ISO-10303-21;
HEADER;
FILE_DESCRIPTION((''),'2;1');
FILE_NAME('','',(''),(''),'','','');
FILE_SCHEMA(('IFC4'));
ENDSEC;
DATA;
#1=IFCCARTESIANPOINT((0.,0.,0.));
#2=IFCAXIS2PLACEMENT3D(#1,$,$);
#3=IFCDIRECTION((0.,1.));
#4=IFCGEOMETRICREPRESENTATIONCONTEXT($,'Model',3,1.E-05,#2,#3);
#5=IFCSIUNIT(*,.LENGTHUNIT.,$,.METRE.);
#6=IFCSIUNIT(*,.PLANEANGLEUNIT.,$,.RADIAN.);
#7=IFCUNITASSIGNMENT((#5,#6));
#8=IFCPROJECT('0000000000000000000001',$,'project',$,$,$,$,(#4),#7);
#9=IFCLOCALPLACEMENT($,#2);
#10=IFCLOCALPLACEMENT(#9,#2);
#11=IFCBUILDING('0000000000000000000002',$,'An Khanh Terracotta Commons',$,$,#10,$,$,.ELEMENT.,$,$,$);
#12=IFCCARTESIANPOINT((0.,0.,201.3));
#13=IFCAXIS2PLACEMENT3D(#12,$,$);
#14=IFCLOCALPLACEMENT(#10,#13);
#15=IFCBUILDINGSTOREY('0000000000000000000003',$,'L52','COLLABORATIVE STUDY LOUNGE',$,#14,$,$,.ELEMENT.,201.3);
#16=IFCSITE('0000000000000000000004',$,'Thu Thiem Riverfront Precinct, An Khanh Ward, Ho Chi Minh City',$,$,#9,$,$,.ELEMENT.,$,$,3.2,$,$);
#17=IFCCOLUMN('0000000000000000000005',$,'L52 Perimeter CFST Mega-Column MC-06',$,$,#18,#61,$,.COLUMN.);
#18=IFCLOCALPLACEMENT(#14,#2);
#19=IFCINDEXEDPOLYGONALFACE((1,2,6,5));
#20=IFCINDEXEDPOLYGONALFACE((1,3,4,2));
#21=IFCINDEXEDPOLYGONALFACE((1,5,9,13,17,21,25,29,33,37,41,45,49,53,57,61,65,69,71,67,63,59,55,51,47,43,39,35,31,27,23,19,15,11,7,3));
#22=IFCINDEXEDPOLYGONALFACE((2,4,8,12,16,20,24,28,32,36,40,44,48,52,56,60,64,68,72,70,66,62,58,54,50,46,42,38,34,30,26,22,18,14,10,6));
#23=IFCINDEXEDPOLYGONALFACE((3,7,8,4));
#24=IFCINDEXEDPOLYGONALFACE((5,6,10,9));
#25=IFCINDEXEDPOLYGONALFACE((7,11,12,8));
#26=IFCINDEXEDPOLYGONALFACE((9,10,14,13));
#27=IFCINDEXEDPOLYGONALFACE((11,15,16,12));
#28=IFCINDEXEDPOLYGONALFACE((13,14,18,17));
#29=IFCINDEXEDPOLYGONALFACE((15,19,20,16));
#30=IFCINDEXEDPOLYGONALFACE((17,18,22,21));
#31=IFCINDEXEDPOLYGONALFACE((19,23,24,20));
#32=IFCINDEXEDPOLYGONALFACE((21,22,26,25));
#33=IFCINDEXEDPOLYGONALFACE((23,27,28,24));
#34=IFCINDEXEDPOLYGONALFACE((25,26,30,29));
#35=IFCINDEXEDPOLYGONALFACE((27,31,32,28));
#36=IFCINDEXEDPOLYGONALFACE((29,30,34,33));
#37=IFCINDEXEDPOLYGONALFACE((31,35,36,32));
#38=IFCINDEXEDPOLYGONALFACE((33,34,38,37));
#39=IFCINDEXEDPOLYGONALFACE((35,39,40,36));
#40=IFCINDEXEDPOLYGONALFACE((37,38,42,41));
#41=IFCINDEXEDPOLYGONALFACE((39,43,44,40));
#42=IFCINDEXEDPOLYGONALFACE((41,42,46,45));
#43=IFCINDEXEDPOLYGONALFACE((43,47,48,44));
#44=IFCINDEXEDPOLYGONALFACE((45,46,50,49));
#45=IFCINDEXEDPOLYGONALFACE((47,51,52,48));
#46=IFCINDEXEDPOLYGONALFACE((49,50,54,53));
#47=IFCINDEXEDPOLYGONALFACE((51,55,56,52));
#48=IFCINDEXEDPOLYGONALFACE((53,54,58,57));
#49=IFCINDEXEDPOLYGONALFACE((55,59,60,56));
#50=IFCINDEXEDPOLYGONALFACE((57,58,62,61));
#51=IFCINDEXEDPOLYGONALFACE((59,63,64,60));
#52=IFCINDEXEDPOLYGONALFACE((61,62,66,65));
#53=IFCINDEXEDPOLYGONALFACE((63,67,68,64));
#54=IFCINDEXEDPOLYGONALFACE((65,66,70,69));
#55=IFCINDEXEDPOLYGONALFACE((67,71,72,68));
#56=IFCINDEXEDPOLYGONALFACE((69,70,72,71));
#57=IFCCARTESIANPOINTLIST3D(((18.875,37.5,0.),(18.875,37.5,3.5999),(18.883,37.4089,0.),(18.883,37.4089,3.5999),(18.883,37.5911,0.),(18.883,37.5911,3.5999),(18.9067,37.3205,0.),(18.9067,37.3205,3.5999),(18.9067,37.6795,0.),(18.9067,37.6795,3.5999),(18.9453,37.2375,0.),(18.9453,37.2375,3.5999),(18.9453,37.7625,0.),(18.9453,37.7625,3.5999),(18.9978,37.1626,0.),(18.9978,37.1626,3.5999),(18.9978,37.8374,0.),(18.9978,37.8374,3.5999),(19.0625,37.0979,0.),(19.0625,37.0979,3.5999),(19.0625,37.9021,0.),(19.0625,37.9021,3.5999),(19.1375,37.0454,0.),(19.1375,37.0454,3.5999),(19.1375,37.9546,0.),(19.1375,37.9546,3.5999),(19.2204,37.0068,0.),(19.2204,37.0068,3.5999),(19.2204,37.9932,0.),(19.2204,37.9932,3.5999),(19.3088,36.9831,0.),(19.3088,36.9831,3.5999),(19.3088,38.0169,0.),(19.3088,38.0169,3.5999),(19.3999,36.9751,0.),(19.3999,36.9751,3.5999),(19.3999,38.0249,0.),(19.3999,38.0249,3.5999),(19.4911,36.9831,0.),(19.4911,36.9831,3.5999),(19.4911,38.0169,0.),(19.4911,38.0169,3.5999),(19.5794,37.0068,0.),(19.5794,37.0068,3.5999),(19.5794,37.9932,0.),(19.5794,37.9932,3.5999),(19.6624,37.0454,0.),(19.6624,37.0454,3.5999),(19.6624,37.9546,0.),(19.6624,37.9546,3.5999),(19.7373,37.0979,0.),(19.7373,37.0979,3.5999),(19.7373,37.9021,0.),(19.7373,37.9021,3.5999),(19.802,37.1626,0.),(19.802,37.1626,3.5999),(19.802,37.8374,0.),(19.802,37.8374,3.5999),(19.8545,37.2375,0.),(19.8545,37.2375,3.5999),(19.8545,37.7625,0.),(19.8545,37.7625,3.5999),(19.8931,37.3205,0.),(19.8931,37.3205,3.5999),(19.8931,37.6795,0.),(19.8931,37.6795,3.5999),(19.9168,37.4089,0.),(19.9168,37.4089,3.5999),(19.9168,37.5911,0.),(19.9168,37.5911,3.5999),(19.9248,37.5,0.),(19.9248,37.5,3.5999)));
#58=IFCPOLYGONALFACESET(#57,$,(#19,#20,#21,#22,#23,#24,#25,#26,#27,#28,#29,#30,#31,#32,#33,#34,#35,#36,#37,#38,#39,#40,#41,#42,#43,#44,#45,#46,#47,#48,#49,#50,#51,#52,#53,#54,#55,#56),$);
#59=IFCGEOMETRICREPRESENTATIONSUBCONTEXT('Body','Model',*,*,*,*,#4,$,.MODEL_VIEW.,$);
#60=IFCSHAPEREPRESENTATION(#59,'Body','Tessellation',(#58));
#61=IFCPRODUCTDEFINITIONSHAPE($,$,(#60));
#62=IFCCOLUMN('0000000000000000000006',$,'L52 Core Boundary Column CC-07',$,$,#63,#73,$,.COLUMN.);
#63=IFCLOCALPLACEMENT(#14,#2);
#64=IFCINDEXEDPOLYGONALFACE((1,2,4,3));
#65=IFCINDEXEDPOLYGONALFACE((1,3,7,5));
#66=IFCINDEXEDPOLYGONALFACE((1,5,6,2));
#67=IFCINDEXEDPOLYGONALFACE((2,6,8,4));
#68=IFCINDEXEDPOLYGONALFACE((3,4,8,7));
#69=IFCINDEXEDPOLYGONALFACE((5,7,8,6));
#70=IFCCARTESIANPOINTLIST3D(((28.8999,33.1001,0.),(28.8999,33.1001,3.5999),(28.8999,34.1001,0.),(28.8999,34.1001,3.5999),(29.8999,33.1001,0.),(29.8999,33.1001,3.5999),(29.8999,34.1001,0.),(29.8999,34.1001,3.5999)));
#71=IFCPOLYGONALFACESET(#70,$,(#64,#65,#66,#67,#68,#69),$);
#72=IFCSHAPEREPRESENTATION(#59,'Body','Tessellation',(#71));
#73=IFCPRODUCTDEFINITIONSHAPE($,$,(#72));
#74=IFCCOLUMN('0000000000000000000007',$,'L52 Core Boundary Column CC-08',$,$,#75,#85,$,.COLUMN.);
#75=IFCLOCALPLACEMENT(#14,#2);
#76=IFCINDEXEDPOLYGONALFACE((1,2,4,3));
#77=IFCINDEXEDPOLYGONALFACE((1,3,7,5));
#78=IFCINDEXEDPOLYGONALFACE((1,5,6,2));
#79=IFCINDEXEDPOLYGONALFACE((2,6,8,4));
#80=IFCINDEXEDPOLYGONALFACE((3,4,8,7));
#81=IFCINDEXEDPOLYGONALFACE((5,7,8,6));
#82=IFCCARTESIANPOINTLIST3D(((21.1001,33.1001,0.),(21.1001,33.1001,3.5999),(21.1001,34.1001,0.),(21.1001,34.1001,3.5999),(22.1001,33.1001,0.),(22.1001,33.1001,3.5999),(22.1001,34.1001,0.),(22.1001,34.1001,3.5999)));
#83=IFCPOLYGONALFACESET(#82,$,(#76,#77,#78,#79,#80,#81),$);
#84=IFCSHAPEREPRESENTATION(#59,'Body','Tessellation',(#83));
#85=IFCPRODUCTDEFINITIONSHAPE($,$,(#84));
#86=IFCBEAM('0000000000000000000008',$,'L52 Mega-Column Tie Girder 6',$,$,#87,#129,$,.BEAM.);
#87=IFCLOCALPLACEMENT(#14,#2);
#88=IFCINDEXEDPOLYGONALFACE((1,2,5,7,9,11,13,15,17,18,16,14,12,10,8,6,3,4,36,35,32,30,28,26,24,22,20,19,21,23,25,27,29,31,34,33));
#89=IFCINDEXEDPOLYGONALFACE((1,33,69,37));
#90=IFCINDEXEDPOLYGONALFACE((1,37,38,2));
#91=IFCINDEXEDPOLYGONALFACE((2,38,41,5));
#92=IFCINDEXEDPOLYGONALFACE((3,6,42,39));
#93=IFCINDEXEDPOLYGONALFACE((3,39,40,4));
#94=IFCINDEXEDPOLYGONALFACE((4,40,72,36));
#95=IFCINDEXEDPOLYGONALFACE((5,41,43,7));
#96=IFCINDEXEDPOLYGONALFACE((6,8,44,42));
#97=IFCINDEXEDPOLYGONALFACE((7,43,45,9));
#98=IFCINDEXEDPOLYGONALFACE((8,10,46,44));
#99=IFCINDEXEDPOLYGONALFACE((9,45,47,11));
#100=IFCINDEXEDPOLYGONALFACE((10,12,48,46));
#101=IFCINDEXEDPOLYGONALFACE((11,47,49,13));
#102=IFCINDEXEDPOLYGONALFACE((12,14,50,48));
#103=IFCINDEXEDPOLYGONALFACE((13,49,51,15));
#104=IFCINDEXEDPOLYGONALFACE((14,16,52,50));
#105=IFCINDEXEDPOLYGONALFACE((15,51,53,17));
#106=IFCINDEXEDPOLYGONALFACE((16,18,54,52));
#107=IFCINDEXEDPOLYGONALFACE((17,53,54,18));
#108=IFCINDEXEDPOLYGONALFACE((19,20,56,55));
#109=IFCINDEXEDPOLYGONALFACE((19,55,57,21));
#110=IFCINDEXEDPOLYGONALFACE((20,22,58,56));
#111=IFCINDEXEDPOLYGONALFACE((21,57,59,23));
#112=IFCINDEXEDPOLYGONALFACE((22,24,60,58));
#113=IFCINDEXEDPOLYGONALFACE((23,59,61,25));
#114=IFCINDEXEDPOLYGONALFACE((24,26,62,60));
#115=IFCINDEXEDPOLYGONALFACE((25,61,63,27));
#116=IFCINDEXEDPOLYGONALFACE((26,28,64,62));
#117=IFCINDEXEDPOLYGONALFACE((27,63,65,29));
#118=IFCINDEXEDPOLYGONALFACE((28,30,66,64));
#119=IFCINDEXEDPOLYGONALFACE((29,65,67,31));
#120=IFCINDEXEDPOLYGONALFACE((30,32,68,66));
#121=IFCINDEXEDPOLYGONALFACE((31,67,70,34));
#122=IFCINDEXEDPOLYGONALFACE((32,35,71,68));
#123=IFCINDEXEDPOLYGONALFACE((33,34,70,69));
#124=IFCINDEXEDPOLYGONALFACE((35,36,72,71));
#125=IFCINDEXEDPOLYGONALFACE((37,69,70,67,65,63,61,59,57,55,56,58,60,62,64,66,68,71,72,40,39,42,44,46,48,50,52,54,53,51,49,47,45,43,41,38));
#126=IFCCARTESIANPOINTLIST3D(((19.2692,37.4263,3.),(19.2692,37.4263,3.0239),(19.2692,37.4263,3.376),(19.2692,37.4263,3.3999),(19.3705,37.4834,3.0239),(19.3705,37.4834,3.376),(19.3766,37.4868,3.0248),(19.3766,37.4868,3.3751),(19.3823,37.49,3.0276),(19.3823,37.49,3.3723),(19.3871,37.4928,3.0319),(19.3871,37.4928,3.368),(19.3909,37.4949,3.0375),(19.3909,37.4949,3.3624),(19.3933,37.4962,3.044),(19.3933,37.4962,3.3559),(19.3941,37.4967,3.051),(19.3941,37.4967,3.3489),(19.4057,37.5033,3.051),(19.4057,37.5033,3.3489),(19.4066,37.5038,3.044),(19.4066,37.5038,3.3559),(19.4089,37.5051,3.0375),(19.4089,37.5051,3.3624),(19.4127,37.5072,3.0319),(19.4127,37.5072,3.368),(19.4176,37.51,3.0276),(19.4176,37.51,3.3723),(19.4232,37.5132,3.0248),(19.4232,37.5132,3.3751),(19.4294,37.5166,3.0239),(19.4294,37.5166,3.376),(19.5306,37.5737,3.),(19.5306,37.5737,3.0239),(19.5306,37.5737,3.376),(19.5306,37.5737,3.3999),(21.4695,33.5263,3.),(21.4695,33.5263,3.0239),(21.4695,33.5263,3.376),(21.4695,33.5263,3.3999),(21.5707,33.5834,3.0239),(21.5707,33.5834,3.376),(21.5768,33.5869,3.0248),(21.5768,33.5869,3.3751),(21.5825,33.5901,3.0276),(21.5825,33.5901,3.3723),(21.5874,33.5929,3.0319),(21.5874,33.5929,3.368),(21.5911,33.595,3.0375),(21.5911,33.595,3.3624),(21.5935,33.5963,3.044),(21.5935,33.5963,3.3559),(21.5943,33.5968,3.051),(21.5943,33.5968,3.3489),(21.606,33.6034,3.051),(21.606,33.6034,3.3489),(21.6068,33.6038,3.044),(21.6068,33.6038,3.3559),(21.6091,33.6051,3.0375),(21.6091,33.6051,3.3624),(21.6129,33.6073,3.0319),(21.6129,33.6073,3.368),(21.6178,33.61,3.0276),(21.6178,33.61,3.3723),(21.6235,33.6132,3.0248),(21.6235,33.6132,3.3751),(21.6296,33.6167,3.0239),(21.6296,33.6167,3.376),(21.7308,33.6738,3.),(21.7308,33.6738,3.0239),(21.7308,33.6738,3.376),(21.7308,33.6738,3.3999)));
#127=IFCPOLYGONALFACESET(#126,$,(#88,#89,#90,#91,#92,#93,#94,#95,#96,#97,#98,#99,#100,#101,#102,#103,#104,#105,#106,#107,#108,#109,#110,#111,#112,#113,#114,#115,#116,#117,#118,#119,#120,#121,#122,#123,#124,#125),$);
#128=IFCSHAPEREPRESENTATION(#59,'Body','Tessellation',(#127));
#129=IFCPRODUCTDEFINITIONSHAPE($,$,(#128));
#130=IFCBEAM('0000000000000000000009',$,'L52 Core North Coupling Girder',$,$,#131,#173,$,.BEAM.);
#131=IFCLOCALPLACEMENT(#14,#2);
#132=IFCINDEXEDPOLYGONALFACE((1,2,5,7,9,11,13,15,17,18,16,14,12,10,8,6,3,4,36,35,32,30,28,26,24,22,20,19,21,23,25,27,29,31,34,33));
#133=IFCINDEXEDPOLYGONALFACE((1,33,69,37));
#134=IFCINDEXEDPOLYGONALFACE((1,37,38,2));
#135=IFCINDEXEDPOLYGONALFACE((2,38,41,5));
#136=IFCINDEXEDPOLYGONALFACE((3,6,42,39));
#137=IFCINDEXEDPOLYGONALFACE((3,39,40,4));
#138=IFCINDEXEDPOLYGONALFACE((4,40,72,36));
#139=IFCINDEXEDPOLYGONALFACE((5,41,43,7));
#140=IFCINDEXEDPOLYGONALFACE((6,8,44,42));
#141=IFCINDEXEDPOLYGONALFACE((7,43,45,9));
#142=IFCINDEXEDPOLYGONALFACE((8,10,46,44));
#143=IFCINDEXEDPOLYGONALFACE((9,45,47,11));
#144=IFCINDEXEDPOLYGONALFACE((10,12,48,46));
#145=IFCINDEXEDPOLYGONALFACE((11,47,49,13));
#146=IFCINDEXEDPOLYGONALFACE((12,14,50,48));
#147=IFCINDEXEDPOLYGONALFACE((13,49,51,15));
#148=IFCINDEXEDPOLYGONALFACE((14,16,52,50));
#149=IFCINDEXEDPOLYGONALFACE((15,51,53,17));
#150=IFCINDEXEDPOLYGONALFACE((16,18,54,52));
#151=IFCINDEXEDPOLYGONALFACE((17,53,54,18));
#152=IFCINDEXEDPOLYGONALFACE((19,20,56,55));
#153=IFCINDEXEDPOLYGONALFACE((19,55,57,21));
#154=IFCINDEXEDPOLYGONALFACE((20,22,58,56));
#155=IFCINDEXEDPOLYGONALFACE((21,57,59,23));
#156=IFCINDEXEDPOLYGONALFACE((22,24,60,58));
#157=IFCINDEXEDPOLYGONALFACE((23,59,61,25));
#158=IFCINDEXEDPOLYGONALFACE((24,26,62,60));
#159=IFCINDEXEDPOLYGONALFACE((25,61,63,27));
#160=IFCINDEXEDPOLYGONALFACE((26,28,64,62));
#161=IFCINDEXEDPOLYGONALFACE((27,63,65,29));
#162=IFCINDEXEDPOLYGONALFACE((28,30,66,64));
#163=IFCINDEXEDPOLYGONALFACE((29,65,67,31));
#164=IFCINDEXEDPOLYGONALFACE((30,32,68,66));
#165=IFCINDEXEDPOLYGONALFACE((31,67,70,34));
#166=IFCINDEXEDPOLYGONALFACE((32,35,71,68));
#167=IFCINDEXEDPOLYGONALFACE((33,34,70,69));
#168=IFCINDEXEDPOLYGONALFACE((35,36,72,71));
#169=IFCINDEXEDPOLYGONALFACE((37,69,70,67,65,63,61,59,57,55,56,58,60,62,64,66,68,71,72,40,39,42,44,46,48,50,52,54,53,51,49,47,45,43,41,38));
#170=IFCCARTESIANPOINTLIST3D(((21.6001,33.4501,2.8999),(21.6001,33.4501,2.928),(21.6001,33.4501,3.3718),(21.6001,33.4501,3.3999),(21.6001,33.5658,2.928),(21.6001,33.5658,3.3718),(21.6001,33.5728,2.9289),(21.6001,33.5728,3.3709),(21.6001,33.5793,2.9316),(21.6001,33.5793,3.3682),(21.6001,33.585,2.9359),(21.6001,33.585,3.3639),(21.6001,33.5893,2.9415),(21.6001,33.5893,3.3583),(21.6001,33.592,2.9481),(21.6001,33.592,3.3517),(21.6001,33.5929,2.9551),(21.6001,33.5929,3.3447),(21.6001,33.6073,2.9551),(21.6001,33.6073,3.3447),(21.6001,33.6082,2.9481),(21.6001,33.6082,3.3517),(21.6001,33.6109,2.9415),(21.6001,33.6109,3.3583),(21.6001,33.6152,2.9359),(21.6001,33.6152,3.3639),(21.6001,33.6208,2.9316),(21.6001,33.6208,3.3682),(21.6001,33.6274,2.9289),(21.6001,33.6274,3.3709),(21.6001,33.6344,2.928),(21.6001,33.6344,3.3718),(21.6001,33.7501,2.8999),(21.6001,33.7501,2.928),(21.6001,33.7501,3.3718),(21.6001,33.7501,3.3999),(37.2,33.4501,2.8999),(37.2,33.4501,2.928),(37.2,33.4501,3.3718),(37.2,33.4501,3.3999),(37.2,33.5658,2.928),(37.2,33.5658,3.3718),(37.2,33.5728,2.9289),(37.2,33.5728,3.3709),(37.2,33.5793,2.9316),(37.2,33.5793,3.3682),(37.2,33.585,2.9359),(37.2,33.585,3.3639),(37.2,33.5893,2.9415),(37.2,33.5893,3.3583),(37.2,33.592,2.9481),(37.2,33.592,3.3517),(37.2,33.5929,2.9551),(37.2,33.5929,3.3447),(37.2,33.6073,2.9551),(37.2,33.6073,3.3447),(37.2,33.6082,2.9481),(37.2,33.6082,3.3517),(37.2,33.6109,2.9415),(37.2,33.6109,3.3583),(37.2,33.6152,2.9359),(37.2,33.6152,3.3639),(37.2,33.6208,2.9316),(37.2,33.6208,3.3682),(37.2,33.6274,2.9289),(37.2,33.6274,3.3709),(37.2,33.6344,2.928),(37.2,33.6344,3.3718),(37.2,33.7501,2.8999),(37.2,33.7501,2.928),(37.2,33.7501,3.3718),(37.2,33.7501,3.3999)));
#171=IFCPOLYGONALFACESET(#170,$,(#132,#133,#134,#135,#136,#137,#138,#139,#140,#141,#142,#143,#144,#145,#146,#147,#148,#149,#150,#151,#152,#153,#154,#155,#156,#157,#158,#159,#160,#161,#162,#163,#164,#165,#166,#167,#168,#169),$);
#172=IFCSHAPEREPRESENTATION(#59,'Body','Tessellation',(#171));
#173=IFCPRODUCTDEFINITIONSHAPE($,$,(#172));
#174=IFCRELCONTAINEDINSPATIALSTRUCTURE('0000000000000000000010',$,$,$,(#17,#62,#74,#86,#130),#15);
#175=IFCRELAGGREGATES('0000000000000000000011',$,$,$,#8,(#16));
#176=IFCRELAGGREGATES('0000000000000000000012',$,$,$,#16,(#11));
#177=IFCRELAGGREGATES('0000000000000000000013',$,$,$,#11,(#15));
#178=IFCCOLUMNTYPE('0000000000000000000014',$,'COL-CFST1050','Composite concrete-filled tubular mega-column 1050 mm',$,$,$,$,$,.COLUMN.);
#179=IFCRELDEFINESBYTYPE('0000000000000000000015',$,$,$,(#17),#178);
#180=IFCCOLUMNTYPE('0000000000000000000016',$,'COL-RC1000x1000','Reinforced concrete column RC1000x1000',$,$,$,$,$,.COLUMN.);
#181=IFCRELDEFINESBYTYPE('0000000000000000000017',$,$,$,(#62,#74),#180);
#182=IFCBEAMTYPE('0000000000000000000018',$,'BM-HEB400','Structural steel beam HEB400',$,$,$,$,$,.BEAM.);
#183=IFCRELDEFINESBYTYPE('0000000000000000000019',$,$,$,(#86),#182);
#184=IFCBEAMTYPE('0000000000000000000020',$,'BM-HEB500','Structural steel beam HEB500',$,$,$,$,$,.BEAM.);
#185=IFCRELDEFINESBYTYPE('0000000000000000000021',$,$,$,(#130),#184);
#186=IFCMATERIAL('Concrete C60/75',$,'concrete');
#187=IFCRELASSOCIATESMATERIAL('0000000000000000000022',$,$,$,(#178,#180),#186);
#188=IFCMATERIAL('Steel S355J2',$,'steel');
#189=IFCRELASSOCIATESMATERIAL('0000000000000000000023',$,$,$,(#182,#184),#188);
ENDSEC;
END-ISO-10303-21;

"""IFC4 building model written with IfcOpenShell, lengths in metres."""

from ifc_helpers import new_model, si_unit, direction, frame, origin, origin_2d, place, context, subcontext, project, spatial, rectangle, circle, i_section, extrude, material, material_profile, profile_set, type_object, element, save


model = new_model("IFC4")

# Units and contexts
model_context = context("Model", 3, precision=1e-05, world=origin(), true_north=direction((0.0, 1.0)))
body_context = subcontext(model_context, "Body", "Model", "MODEL_VIEW")
ifc_project = project(units=[si_unit("LENGTHUNIT", "METRE"), si_unit("PLANEANGLEUNIT", "RADIAN")], contexts=[model_context])

# Site, building, storey
site_placement = place(None, origin())
site = spatial("IfcSite", under=ifc_project, at=site_placement, Name="Thu Thiem Riverfront Precinct, An Khanh Ward, Ho Chi Minh City", CompositionType="ELEMENT", RefElevation=3.2)
building_placement = place(site_placement, origin())
building = spatial("IfcBuilding", under=site, at=building_placement, Name="An Khanh Terracotta Commons", CompositionType="ELEMENT")
storey_placement = place(building_placement, frame((0.0, 0.0, 201.3)))
storey = spatial("IfcBuildingStorey", under=building, at=storey_placement, Name="L52", Description="COLLABORATIVE STUDY LOUNGE", CompositionType="ELEMENT", Elevation=201.3)

# Columns
ifc_material_1 = material(Name="Concrete C60/75", Category="concrete")
ifc_material_profile_1 = material_profile(ifc_material_1, circle(Radius=0.5249, at=origin_2d()), Name="CFST1050")
ifc_profile_set_1 = profile_set([ifc_material_profile_1], Name="Concrete C60/75")
column_type_1 = type_object("IfcColumnType", Name="COL-CFST1050", Description="Composite concrete-filled tubular mega-column 1050 mm", PredefinedType="COLUMN", material=ifc_profile_set_1)
column_placement = place(storey_placement, frame((19.3999, 37.5, 0.0), z_axis=(0.0, 0.0, 1.0), x_axis=(1.0, 0.0, 0.0)))
element("IfcColumn", 1, at=column_placement, inside=storey, type_object=column_type_1, Name="L52 Perimeter CFST Mega-Column MC-06", PredefinedType="COLUMN", context=body_context, shape_type="SweptSolid", body=[
    extrude(circle(Radius=0.5249, at=origin_2d()), origin(), (0.0, 0.0, 1.0), 3.5999),
])
ifc_material_profile_2 = material_profile(ifc_material_1, rectangle(XDim=1.0, YDim=1.0, at=origin_2d()), Name="RC1000x1000")
ifc_profile_set_2 = profile_set([ifc_material_profile_2], Name="Concrete C60/75")
column_type_2 = type_object("IfcColumnType", Name="COL-RC1000x1000", Description="Reinforced concrete column RC1000x1000", PredefinedType="COLUMN", material=ifc_profile_set_2)
for number, where, z_axis, x_axis, name in (
    (2, (29.3999, 33.6001, 0.0), (0.0, 0.0, 1.0), (1.0, 0.0, 0.0), "L52 Core Boundary Column CC-07"),
    (3, (21.6001, 33.6001, 0.0), (0.0, 0.0, 1.0), (1.0, 0.0, 0.0), "L52 Core Boundary Column CC-08"),
):
    element("IfcColumn", number, at=place(storey_placement, frame(where, z_axis=z_axis, x_axis=x_axis)), inside=storey, type_object=column_type_2, Name=name, PredefinedType="COLUMN", context=body_context, shape_type="SweptSolid", body=[
        extrude(rectangle(XDim=1.0, YDim=1.0, at=origin_2d()), origin(), (0.0, 0.0, 1.0), 3.5999),
    ])

# Beams
ifc_material_2 = material(Name="Steel S355J2", Category="steel")
ifc_material_profile_3 = material_profile(ifc_material_2, i_section(OverallWidth=0.3, OverallDepth=0.3999, WebThickness=0.0134, FlangeThickness=0.0239, FilletRadius=0.0271, at=origin_2d()), Name="HEB400")
ifc_profile_set_3 = profile_set([ifc_material_profile_3], Name="Steel S355J2")
beam_type_1 = type_object("IfcBeamType", Name="BM-HEB400", Description="Structural steel beam HEB400", PredefinedType="BEAM", material=ifc_profile_set_3)
beam_1_placement = place(storey_placement, frame((19.3999, 37.5, 3.2), z_axis=(0.491364, -0.870955, 0.0), x_axis=(0.870955, 0.491364, 0.0)))
element("IfcBeam", 4, at=beam_1_placement, inside=storey, type_object=beam_type_1, Name="L52 Mega-Column Tie Girder 6", PredefinedType="BEAM", context=body_context, shape_type="SweptSolid", body=[
    extrude(i_section(OverallWidth=0.3, OverallDepth=0.3999, WebThickness=0.0134, FlangeThickness=0.0239, FilletRadius=0.0271, at=origin_2d()), origin(), (0.0, 0.0, 1.0), 4.4778),
])
ifc_material_profile_4 = material_profile(ifc_material_2, i_section(OverallWidth=0.3, OverallDepth=0.5, WebThickness=0.0144, FlangeThickness=0.0281, FilletRadius=0.0271, at=origin_2d()), Name="HEB500")
ifc_profile_set_4 = profile_set([ifc_material_profile_4], Name="Steel S355J2")
beam_type_2 = type_object("IfcBeamType", Name="BM-HEB500", Description="Structural steel beam HEB500", PredefinedType="BEAM", material=ifc_profile_set_4)
beam_2_placement = place(storey_placement, frame((21.6001, 33.6001, 3.1499), z_axis=(1.0, 0.0, 0.0), x_axis=(0.0, 1.0, 0.0)))
element("IfcBeam", 5, at=beam_2_placement, inside=storey, type_object=beam_type_2, Name="L52 Core North Coupling Girder", PredefinedType="BEAM", context=body_context, shape_type="SweptSolid", body=[
    extrude(i_section(OverallWidth=0.3, OverallDepth=0.5, WebThickness=0.0144, FlangeThickness=0.0281, FilletRadius=0.0271, at=origin_2d()), origin(), (0.0, 0.0, 1.0), 15.5999),
])

save(model, "model.ifc")
